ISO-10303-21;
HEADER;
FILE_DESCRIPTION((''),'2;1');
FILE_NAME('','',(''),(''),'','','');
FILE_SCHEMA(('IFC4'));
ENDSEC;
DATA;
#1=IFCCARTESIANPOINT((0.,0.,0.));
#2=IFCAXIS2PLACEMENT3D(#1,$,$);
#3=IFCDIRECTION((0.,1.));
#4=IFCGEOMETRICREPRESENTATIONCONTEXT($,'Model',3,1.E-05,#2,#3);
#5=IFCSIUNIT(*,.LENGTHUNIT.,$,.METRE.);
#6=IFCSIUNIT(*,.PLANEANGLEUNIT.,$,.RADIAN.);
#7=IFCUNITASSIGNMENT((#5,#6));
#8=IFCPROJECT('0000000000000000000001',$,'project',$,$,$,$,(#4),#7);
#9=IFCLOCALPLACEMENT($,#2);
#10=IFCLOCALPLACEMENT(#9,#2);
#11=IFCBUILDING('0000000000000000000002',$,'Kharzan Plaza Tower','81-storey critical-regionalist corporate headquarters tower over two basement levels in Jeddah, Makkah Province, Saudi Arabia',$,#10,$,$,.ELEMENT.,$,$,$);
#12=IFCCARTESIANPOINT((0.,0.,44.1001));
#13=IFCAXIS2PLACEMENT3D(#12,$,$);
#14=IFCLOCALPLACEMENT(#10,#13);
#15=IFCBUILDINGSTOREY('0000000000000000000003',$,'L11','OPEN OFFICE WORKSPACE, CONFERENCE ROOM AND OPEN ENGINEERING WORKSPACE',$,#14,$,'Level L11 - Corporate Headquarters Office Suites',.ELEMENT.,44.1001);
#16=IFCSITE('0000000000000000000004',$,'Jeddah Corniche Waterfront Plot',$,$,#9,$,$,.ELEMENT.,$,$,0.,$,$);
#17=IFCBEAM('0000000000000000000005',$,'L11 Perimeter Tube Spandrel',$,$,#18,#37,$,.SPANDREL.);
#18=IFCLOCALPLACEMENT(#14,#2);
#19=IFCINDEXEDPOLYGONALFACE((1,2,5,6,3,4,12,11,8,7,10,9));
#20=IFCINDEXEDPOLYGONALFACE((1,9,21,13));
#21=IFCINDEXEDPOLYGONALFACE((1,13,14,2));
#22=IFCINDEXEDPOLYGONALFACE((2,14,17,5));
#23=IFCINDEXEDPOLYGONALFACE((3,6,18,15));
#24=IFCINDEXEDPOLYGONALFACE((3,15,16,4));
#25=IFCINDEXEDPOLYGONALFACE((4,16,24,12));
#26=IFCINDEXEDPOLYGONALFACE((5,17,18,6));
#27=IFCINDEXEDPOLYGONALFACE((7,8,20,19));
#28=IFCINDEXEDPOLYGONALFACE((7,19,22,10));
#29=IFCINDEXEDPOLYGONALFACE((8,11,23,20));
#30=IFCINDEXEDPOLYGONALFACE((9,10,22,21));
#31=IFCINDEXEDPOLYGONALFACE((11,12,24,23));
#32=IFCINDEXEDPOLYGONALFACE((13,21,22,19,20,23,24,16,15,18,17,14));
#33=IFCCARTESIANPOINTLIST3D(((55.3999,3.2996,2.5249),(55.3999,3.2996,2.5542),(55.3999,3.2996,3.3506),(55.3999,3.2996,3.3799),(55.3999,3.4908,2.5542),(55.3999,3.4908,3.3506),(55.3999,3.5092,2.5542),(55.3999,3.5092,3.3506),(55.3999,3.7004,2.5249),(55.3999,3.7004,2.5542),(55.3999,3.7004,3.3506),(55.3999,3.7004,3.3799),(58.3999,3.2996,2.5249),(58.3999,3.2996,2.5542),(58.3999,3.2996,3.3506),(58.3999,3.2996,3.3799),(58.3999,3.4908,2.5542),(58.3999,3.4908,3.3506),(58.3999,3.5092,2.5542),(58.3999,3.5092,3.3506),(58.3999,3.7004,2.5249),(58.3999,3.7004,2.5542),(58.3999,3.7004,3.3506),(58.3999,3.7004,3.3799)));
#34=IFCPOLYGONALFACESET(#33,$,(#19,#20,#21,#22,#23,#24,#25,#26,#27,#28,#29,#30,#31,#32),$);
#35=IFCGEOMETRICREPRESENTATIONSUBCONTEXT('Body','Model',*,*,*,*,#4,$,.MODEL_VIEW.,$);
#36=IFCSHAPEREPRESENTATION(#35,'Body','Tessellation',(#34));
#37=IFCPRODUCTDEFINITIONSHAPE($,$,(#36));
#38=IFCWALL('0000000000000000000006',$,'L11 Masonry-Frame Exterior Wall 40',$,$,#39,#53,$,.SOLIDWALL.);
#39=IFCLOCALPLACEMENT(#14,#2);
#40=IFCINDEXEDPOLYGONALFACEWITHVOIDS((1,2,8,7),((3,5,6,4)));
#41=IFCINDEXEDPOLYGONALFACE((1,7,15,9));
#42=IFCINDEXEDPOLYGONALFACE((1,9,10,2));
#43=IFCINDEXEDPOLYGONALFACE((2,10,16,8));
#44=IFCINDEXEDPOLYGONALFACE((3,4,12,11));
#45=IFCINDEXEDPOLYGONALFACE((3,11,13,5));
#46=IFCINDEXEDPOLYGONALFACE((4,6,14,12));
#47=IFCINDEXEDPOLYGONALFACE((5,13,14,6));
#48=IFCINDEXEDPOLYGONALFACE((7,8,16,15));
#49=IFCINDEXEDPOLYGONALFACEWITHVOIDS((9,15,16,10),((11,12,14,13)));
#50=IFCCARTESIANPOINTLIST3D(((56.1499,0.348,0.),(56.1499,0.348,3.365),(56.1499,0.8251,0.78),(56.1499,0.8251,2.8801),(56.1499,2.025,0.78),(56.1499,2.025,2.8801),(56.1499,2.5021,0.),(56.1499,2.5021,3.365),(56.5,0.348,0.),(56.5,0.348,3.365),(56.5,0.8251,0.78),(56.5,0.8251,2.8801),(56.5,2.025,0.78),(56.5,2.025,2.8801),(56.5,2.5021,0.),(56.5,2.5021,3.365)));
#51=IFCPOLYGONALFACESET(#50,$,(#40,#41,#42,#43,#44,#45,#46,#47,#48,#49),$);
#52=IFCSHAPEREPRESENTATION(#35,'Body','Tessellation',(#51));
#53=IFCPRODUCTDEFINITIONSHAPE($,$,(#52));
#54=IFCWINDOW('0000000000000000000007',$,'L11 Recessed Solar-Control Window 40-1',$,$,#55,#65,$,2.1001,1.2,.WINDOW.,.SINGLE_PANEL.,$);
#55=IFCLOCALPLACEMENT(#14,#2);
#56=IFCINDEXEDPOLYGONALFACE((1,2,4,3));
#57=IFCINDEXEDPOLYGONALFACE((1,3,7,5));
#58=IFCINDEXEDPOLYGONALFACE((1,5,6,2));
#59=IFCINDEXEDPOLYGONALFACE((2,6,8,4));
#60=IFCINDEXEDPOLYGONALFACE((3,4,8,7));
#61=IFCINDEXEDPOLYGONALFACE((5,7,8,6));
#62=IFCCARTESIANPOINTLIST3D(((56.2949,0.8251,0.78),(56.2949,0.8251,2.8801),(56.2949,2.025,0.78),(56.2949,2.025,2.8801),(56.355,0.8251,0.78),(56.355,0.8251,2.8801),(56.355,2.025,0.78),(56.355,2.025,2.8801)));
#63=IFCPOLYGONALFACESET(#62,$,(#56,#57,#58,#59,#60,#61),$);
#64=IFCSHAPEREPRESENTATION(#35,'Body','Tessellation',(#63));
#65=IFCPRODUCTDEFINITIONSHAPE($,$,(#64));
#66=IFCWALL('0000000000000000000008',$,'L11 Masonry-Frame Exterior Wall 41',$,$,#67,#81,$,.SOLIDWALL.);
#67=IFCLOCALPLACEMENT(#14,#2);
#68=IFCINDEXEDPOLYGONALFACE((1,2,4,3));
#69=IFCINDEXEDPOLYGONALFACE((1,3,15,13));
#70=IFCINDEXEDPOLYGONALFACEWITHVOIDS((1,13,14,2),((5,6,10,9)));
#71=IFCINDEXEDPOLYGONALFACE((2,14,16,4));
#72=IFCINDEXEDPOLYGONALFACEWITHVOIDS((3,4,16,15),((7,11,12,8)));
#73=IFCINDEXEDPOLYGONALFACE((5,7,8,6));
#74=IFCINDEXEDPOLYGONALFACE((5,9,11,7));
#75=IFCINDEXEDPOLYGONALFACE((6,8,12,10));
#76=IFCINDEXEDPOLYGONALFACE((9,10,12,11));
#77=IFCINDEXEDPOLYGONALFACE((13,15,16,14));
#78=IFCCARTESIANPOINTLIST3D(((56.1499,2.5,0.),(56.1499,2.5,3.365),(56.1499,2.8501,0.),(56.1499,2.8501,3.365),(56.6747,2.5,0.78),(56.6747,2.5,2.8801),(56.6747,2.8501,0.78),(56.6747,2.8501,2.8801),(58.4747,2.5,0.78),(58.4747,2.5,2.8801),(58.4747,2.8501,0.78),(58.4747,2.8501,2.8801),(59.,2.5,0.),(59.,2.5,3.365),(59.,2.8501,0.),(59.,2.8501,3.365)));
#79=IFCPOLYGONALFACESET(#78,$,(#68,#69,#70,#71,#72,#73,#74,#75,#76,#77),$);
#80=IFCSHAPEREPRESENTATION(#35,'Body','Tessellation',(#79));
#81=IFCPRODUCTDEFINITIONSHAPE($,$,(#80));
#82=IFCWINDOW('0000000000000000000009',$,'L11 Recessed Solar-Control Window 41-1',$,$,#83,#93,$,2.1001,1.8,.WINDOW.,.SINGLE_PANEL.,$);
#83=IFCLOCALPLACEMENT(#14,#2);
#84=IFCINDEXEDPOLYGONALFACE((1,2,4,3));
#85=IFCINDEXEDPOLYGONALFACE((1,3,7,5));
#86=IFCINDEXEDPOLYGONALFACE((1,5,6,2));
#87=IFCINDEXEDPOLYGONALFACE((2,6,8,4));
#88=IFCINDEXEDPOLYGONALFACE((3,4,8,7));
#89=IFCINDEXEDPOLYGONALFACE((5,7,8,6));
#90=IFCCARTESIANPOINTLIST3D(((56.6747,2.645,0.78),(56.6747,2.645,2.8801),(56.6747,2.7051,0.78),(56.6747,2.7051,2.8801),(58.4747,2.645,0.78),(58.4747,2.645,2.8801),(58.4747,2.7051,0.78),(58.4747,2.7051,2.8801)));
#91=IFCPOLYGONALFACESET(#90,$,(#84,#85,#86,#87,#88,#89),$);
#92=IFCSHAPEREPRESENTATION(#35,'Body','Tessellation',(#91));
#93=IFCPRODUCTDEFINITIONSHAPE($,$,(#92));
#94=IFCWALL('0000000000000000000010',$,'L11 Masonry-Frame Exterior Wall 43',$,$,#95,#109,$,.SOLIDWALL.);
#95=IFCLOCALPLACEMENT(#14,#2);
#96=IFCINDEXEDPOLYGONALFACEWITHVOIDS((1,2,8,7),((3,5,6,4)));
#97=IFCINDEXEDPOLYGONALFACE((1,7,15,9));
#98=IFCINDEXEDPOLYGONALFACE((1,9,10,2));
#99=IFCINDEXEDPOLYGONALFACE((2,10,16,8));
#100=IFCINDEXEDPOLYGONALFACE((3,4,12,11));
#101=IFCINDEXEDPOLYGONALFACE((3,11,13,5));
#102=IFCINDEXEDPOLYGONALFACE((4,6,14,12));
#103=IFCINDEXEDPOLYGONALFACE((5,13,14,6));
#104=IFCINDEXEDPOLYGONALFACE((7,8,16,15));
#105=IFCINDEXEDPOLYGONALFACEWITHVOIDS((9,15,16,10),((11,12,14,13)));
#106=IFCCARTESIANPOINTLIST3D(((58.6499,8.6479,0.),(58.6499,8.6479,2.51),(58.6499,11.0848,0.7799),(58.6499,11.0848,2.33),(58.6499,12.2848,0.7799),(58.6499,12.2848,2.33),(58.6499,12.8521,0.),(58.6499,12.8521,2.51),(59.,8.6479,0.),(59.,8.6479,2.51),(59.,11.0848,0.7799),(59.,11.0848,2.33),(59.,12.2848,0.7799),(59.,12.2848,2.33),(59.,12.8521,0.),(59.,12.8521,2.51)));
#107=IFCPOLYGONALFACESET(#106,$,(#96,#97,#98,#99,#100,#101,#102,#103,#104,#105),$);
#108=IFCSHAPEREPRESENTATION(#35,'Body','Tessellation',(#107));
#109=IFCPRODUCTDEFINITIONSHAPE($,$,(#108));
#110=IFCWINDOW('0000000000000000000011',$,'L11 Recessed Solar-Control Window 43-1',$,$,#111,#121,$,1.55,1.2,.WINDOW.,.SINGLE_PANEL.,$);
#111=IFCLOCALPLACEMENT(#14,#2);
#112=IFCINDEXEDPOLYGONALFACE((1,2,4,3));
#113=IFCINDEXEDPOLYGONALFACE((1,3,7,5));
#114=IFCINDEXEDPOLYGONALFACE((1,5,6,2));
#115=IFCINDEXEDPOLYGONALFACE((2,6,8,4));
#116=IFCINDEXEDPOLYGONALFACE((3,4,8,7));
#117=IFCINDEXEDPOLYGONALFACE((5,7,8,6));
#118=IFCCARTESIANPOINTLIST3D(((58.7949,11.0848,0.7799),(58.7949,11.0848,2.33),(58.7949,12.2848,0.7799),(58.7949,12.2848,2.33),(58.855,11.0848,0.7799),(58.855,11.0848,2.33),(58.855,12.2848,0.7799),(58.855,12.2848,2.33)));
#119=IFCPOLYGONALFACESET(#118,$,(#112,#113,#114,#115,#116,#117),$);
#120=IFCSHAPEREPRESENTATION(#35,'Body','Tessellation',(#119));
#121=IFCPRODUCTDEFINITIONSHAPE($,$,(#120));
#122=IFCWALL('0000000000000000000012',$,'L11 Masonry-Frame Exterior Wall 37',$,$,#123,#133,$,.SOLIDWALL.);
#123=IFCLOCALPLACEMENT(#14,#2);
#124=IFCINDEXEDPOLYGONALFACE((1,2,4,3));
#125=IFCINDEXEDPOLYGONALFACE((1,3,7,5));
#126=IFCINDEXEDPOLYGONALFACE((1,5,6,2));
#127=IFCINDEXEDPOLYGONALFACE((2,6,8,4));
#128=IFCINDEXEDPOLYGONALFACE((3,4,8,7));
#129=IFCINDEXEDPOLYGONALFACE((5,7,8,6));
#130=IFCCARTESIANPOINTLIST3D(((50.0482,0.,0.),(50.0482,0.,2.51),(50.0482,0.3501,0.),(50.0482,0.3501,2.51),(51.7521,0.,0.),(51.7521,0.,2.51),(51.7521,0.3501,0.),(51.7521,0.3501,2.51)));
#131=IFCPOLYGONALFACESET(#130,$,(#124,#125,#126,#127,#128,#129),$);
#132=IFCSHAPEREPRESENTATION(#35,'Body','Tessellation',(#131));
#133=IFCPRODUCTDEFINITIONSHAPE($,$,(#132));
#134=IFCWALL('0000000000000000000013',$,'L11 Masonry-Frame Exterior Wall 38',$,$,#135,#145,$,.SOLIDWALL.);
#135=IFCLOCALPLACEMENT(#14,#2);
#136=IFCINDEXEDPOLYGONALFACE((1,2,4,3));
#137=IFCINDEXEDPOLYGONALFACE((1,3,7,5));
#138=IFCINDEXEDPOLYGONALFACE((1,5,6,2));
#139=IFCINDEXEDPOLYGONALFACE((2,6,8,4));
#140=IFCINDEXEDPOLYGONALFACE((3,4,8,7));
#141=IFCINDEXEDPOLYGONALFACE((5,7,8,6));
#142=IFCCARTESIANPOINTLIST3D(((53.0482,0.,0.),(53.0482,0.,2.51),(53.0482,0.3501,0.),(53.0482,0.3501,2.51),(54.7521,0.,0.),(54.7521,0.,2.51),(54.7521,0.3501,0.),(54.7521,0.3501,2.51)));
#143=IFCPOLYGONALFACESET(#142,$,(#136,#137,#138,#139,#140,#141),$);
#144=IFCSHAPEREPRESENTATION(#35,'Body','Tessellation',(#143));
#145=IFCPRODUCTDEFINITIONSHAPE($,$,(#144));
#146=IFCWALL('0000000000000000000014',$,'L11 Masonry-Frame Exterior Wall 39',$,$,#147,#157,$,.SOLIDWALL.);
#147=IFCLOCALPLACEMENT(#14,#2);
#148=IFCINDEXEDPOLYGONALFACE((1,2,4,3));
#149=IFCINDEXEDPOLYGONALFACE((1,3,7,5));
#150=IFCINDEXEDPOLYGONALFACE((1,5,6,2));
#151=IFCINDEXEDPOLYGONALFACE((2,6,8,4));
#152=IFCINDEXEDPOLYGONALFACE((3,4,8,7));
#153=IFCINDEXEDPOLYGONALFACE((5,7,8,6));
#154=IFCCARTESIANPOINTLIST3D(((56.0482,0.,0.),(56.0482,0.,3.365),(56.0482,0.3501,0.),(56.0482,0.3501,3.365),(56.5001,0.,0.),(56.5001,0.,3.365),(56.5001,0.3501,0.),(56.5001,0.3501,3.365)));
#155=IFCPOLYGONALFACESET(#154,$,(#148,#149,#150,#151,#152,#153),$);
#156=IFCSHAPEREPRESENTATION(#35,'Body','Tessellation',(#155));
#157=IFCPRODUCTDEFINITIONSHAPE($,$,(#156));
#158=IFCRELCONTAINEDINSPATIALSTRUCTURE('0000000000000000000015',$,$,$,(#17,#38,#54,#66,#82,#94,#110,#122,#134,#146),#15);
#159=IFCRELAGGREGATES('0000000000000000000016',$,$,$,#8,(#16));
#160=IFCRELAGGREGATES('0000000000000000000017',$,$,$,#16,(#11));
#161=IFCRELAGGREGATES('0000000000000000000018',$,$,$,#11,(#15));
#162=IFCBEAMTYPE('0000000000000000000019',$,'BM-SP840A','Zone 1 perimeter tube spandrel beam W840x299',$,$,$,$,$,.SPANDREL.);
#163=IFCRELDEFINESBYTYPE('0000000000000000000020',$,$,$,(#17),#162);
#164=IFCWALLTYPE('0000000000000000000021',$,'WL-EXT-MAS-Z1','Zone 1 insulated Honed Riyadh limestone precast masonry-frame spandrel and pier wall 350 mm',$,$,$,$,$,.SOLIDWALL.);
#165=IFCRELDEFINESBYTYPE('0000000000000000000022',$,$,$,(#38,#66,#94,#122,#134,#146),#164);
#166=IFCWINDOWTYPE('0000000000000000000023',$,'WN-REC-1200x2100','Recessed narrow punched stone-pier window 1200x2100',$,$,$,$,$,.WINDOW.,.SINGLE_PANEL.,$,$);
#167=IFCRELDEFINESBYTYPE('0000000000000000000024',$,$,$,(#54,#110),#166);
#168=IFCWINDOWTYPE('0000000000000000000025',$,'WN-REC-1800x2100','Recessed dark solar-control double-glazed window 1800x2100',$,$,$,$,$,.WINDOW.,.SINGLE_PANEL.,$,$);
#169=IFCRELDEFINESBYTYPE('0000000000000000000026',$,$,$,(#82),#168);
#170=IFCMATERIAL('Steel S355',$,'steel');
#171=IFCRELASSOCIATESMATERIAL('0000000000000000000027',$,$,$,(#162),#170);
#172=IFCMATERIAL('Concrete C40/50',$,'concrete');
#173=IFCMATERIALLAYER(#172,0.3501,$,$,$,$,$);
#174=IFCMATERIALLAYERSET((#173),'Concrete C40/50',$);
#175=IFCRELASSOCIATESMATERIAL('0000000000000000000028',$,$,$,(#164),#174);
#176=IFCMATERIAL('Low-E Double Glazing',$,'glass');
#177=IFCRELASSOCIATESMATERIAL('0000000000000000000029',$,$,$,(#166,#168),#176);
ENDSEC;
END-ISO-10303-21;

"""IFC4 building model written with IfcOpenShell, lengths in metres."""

from ifc_helpers import new_model, si_unit, direction, frame, frame_2d, origin, origin_2d, place, context, subcontext, project, spatial, rectangle, i_section, extrude, source, transform, mapped, material, layer, layer_set, material_profile, profile_set, type_object, element, fill, save


model = new_model("IFC4")

# Units and contexts
model_context = context("Model", 3, precision=1e-05, world=origin(), true_north=direction((0.0, 1.0)))
body_context = subcontext(model_context, "Body", "Model", "MODEL_VIEW")
ifc_project = project(units=[si_unit("LENGTHUNIT", "METRE"), si_unit("PLANEANGLEUNIT", "RADIAN")], contexts=[model_context])

# Site, building, storey
site_placement = place(None, origin())
site = spatial("IfcSite", under=ifc_project, at=site_placement, Name="Jeddah Corniche Waterfront Plot", CompositionType="ELEMENT", RefElevation=0.0)
building_placement = place(site_placement, origin())
building = spatial("IfcBuilding", under=site, at=building_placement, Name="Kharzan Plaza Tower", Description="81-storey critical-regionalist corporate headquarters tower over two basement levels in Jeddah, Makkah Province, Saudi Arabia", CompositionType="ELEMENT")
storey_placement = place(building_placement, frame((0.0, 0.0, 44.1001)))
storey = spatial("IfcBuildingStorey", under=building, at=storey_placement, Name="L11", Description="OPEN OFFICE WORKSPACE, CONFERENCE ROOM AND OPEN ENGINEERING WORKSPACE", LongName="Level L11 - Corporate Headquarters Office Suites", CompositionType="ELEMENT", Elevation=44.1001)

# Beam
ifc_material_1 = material(Name="Steel S355", Category="steel")
ifc_material_profile_1 = material_profile(ifc_material_1, i_section(OverallWidth=0.4009, OverallDepth=0.855, WebThickness=0.0183, FlangeThickness=0.0293, at=origin_2d()), Name="W840x299")
ifc_profile_set_1 = profile_set([ifc_material_profile_1], Name="Steel S355")
beam_type_1 = type_object("IfcBeamType", Name="BM-SP840A", Description="Zone 1 perimeter tube spandrel beam W840x299", PredefinedType="SPANDREL", material=ifc_profile_set_1)
shared_shape_1 = source(origin(), body_context, "Body", "SweptSolid", [
    extrude(i_section(OverallWidth=0.4009, OverallDepth=0.855, WebThickness=0.0183, FlangeThickness=0.0293, at=origin_2d()), origin(), (0.0, 0.0, 1.0), 3.0),
])
for number, where, z_axis, x_axis, name in (
    (1, (55.3999, 3.5, 2.9524), (1.0, 0.0, 0.0), (0.0, 1.0, 0.0), "L11 Perimeter Tube Spandrel"),
):
    element("IfcBeam", number, at=place(storey_placement, frame(where, z_axis=z_axis, x_axis=x_axis)), inside=storey, type_object=beam_type_1, Name=name, PredefinedType="SPANDREL", context=body_context, shape_type="MappedRepresentation", body=[
        mapped(shared_shape_1, transform((0.0, 0.0, 0.0), x_axis=(1.0, 0.0, 0.0), y_axis=(0.0, 1.0, 0.0), z_axis=(0.0, 0.0, 1.0))),
    ])

# Walls, openings, windows
ifc_material_2 = material(Name="Concrete C40/50", Category="concrete")
ifc_layer = layer(ifc_material_2, 0.3501)
ifc_layer_set = layer_set([ifc_layer], Name="Concrete C40/50")
wall_type = type_object("IfcWallType", Name="WL-EXT-MAS-Z1", Description="Zone 1 insulated Honed Riyadh limestone precast masonry-frame spandrel and pier wall 350 mm", PredefinedType="SOLIDWALL", material=ifc_layer_set)
wall_1_placement = place(storey_placement, frame((56.325, 0.3479, 0.0), z_axis=(0.0, 0.0, 1.0), x_axis=(0.0, 1.0, 0.0)))
wall_1 = element("IfcWall", 2, at=wall_1_placement, inside=storey, type_object=wall_type, Name="L11 Masonry-Frame Exterior Wall 40", PredefinedType="SOLIDWALL", context=body_context, shape_type="SweptSolid", body=[
    extrude(rectangle(XDim=2.1541, YDim=0.3501, at=frame_2d((1.0771, 0.0))), origin(), (0.0, 0.0, 1.0), 3.365),
])
opening_1_placement = place(wall_1_placement, frame((0.4771, 0.0, 0.78)))
opening_1 = element("IfcOpeningElement", 3, at=opening_1_placement, cuts=wall_1, PredefinedType="OPENING", context=body_context, shape_type="SweptSolid", body=[
    extrude(rectangle(XDim=1.2, YDim=2.1001, at=frame_2d((0.6001, 1.05))), frame((0.0, 0.1851, 0.0), z_axis=(0.0, -1.0, 0.0), x_axis=(1.0, 0.0, 0.0)), (0.0, 0.0, 1.0), 0.3701),
])
ifc_material_3 = material(Name="Low-E Double Glazing", Category="glass")
window_type_1 = type_object("IfcWindowType", Name="WN-REC-1200x2100", Description="Recessed narrow punched stone-pier window 1200x2100", PartitioningType="SINGLE_PANEL", PredefinedType="WINDOW", material=ifc_material_3)
shared_shape_2 = source(origin(), body_context, "Body", "SweptSolid", [
    extrude(rectangle(XDim=1.2, YDim=2.1001, at=frame_2d((0.6001, 1.05))), frame((0.0, 0.03, 0.0), z_axis=(0.0, -1.0, 0.0), x_axis=(1.0, 0.0, 0.0)), (0.0, 0.0, 1.0), 0.0601),
])
window_1_placement = place(opening_1_placement, origin())
window_1 = element("IfcWindow", 4, at=window_1_placement, inside=storey, type_object=window_type_1, Name="L11 Recessed Solar-Control Window 40-1", OverallHeight=2.1001, OverallWidth=1.2, PartitioningType="SINGLE_PANEL", PredefinedType="WINDOW", context=body_context, shape_type="MappedRepresentation", body=[
    mapped(shared_shape_2, transform((0.0, 0.0, 0.0), x_axis=(1.0, 0.0, 0.0), y_axis=(0.0, 1.0, 0.0), z_axis=(0.0, 0.0, 1.0))),
])
fill(opening_1, window_1)
wall_2_placement = place(storey_placement, frame((56.1499, 2.675, 0.0), z_axis=(0.0, 0.0, 1.0), x_axis=(1.0, 0.0, 0.0)))
wall_2 = element("IfcWall", 5, at=wall_2_placement, inside=storey, type_object=wall_type, Name="L11 Masonry-Frame Exterior Wall 41", PredefinedType="SOLIDWALL", context=body_context, shape_type="SweptSolid", body=[
    extrude(rectangle(XDim=2.8501, YDim=0.3501, at=frame_2d((1.425, 0.0))), origin(), (0.0, 0.0, 1.0), 3.365),
])
opening_2_placement = place(wall_2_placement, frame((0.5249, 0.0, 0.78)))
opening_2 = element("IfcOpeningElement", 6, at=opening_2_placement, cuts=wall_2, PredefinedType="OPENING", context=body_context, shape_type="SweptSolid", body=[
    extrude(rectangle(XDim=1.8, YDim=2.1001, at=frame_2d((0.8999, 1.05))), frame((0.0, 0.1851, 0.0), z_axis=(0.0, -1.0, 0.0), x_axis=(1.0, 0.0, 0.0)), (0.0, 0.0, 1.0), 0.3701),
])
window_type_2 = type_object("IfcWindowType", Name="WN-REC-1800x2100", Description="Recessed dark solar-control double-glazed window 1800x2100", PartitioningType="SINGLE_PANEL", PredefinedType="WINDOW", material=ifc_material_3)
shared_shape_3 = source(origin(), body_context, "Body", "SweptSolid", [
    extrude(rectangle(XDim=1.8, YDim=2.1001, at=frame_2d((0.8999, 1.05))), frame((0.0, 0.03, 0.0), z_axis=(0.0, -1.0, 0.0), x_axis=(1.0, 0.0, 0.0)), (0.0, 0.0, 1.0), 0.0601),
])
window_2_placement = place(opening_2_placement, origin())
window_2 = element("IfcWindow", 7, at=window_2_placement, inside=storey, type_object=window_type_2, Name="L11 Recessed Solar-Control Window 41-1", OverallHeight=2.1001, OverallWidth=1.8, PartitioningType="SINGLE_PANEL", PredefinedType="WINDOW", context=body_context, shape_type="MappedRepresentation", body=[
    mapped(shared_shape_3, transform((0.0, 0.0, 0.0), x_axis=(1.0, 0.0, 0.0), y_axis=(0.0, 1.0, 0.0), z_axis=(0.0, 0.0, 1.0))),
])
fill(opening_2, window_2)
wall_3_placement = place(storey_placement, frame((58.825, 8.6479, 0.0), z_axis=(0.0, 0.0, 1.0), x_axis=(0.0, 1.0, 0.0)))
wall_3 = element("IfcWall", 8, at=wall_3_placement, inside=storey, type_object=wall_type, Name="L11 Masonry-Frame Exterior Wall 43", PredefinedType="SOLIDWALL", context=body_context, shape_type="SweptSolid", body=[
    extrude(rectangle(XDim=4.2041, YDim=0.3501, at=frame_2d((2.1021, 0.0))), origin(), (0.0, 0.0, 1.0), 2.51),
])
opening_3_placement = place(wall_3_placement, frame((2.4368, 0.0, 0.78)))
opening_3 = element("IfcOpeningElement", 9, at=opening_3_placement, cuts=wall_3, PredefinedType="OPENING", context=body_context, shape_type="SweptSolid", body=[
    extrude(rectangle(XDim=1.2, YDim=1.55, at=frame_2d((0.6001, 0.7749))), frame((0.0, 0.1851, 0.0), z_axis=(0.0, -1.0, 0.0), x_axis=(1.0, 0.0, 0.0)), (0.0, 0.0, 1.0), 0.3701),
])
shared_shape_4 = source(origin(), body_context, "Body", "SweptSolid", [
    extrude(rectangle(XDim=1.2, YDim=1.55, at=frame_2d((0.6001, 0.7749))), frame((0.0, 0.03, 0.0), z_axis=(0.0, -1.0, 0.0), x_axis=(1.0, 0.0, 0.0)), (0.0, 0.0, 1.0), 0.0601),
])
window_3_placement = place(opening_3_placement, origin())
window_3 = element("IfcWindow", 10, at=window_3_placement, inside=storey, type_object=window_type_1, Name="L11 Recessed Solar-Control Window 43-1", OverallHeight=1.55, OverallWidth=1.2, PartitioningType="SINGLE_PANEL", PredefinedType="WINDOW", context=body_context, shape_type="MappedRepresentation", body=[
    mapped(shared_shape_4, transform((0.0, 0.0, 0.0), x_axis=(1.0, 0.0, 0.0), y_axis=(0.0, 1.0, 0.0), z_axis=(0.0, 0.0, 1.0))),
])
fill(opening_3, window_3)

# Walls
shared_shape_5 = source(origin(), body_context, "Body", "SweptSolid", [
    extrude(rectangle(XDim=1.7039, YDim=0.3501, at=frame_2d((0.8521, 0.0))), origin(), (0.0, 0.0, 1.0), 2.51),
])
for number, where, z_axis, x_axis, name in (
    (11, (50.0481, 0.175, 0.0), (0.0, 0.0, 1.0), (1.0, 0.0, 0.0), "L11 Masonry-Frame Exterior Wall 37"),
    (12, (53.0481, 0.175, 0.0), (0.0, 0.0, 1.0), (1.0, 0.0, 0.0), "L11 Masonry-Frame Exterior Wall 38"),
):
    element("IfcWall", number, at=place(storey_placement, frame(where, z_axis=z_axis, x_axis=x_axis)), inside=storey, type_object=wall_type, Name=name, PredefinedType="SOLIDWALL", context=body_context, shape_type="MappedRepresentation", body=[
        mapped(shared_shape_5, transform((0.0, 0.0, 0.0), x_axis=(1.0, 0.0, 0.0), y_axis=(0.0, 1.0, 0.0), z_axis=(0.0, 0.0, 1.0))),
    ])
shared_shape_6 = source(origin(), body_context, "Body", "SweptSolid", [
    extrude(rectangle(XDim=0.4519, YDim=0.3501, at=frame_2d((0.2261, 0.0))), origin(), (0.0, 0.0, 1.0), 3.365),
])
wall_4_placement = place(storey_placement, frame((56.0481, 0.175, 0.0), z_axis=(0.0, 0.0, 1.0), x_axis=(1.0, 0.0, 0.0)))
element("IfcWall", 13, at=wall_4_placement, inside=storey, type_object=wall_type, Name="L11 Masonry-Frame Exterior Wall 39", PredefinedType="SOLIDWALL", context=body_context, shape_type="MappedRepresentation", body=[
    mapped(shared_shape_6, transform((0.0, 0.0, 0.0), x_axis=(1.0, 0.0, 0.0), y_axis=(0.0, 1.0, 0.0), z_axis=(0.0, 0.0, 1.0))),
])

save(model, "model.ifc")
